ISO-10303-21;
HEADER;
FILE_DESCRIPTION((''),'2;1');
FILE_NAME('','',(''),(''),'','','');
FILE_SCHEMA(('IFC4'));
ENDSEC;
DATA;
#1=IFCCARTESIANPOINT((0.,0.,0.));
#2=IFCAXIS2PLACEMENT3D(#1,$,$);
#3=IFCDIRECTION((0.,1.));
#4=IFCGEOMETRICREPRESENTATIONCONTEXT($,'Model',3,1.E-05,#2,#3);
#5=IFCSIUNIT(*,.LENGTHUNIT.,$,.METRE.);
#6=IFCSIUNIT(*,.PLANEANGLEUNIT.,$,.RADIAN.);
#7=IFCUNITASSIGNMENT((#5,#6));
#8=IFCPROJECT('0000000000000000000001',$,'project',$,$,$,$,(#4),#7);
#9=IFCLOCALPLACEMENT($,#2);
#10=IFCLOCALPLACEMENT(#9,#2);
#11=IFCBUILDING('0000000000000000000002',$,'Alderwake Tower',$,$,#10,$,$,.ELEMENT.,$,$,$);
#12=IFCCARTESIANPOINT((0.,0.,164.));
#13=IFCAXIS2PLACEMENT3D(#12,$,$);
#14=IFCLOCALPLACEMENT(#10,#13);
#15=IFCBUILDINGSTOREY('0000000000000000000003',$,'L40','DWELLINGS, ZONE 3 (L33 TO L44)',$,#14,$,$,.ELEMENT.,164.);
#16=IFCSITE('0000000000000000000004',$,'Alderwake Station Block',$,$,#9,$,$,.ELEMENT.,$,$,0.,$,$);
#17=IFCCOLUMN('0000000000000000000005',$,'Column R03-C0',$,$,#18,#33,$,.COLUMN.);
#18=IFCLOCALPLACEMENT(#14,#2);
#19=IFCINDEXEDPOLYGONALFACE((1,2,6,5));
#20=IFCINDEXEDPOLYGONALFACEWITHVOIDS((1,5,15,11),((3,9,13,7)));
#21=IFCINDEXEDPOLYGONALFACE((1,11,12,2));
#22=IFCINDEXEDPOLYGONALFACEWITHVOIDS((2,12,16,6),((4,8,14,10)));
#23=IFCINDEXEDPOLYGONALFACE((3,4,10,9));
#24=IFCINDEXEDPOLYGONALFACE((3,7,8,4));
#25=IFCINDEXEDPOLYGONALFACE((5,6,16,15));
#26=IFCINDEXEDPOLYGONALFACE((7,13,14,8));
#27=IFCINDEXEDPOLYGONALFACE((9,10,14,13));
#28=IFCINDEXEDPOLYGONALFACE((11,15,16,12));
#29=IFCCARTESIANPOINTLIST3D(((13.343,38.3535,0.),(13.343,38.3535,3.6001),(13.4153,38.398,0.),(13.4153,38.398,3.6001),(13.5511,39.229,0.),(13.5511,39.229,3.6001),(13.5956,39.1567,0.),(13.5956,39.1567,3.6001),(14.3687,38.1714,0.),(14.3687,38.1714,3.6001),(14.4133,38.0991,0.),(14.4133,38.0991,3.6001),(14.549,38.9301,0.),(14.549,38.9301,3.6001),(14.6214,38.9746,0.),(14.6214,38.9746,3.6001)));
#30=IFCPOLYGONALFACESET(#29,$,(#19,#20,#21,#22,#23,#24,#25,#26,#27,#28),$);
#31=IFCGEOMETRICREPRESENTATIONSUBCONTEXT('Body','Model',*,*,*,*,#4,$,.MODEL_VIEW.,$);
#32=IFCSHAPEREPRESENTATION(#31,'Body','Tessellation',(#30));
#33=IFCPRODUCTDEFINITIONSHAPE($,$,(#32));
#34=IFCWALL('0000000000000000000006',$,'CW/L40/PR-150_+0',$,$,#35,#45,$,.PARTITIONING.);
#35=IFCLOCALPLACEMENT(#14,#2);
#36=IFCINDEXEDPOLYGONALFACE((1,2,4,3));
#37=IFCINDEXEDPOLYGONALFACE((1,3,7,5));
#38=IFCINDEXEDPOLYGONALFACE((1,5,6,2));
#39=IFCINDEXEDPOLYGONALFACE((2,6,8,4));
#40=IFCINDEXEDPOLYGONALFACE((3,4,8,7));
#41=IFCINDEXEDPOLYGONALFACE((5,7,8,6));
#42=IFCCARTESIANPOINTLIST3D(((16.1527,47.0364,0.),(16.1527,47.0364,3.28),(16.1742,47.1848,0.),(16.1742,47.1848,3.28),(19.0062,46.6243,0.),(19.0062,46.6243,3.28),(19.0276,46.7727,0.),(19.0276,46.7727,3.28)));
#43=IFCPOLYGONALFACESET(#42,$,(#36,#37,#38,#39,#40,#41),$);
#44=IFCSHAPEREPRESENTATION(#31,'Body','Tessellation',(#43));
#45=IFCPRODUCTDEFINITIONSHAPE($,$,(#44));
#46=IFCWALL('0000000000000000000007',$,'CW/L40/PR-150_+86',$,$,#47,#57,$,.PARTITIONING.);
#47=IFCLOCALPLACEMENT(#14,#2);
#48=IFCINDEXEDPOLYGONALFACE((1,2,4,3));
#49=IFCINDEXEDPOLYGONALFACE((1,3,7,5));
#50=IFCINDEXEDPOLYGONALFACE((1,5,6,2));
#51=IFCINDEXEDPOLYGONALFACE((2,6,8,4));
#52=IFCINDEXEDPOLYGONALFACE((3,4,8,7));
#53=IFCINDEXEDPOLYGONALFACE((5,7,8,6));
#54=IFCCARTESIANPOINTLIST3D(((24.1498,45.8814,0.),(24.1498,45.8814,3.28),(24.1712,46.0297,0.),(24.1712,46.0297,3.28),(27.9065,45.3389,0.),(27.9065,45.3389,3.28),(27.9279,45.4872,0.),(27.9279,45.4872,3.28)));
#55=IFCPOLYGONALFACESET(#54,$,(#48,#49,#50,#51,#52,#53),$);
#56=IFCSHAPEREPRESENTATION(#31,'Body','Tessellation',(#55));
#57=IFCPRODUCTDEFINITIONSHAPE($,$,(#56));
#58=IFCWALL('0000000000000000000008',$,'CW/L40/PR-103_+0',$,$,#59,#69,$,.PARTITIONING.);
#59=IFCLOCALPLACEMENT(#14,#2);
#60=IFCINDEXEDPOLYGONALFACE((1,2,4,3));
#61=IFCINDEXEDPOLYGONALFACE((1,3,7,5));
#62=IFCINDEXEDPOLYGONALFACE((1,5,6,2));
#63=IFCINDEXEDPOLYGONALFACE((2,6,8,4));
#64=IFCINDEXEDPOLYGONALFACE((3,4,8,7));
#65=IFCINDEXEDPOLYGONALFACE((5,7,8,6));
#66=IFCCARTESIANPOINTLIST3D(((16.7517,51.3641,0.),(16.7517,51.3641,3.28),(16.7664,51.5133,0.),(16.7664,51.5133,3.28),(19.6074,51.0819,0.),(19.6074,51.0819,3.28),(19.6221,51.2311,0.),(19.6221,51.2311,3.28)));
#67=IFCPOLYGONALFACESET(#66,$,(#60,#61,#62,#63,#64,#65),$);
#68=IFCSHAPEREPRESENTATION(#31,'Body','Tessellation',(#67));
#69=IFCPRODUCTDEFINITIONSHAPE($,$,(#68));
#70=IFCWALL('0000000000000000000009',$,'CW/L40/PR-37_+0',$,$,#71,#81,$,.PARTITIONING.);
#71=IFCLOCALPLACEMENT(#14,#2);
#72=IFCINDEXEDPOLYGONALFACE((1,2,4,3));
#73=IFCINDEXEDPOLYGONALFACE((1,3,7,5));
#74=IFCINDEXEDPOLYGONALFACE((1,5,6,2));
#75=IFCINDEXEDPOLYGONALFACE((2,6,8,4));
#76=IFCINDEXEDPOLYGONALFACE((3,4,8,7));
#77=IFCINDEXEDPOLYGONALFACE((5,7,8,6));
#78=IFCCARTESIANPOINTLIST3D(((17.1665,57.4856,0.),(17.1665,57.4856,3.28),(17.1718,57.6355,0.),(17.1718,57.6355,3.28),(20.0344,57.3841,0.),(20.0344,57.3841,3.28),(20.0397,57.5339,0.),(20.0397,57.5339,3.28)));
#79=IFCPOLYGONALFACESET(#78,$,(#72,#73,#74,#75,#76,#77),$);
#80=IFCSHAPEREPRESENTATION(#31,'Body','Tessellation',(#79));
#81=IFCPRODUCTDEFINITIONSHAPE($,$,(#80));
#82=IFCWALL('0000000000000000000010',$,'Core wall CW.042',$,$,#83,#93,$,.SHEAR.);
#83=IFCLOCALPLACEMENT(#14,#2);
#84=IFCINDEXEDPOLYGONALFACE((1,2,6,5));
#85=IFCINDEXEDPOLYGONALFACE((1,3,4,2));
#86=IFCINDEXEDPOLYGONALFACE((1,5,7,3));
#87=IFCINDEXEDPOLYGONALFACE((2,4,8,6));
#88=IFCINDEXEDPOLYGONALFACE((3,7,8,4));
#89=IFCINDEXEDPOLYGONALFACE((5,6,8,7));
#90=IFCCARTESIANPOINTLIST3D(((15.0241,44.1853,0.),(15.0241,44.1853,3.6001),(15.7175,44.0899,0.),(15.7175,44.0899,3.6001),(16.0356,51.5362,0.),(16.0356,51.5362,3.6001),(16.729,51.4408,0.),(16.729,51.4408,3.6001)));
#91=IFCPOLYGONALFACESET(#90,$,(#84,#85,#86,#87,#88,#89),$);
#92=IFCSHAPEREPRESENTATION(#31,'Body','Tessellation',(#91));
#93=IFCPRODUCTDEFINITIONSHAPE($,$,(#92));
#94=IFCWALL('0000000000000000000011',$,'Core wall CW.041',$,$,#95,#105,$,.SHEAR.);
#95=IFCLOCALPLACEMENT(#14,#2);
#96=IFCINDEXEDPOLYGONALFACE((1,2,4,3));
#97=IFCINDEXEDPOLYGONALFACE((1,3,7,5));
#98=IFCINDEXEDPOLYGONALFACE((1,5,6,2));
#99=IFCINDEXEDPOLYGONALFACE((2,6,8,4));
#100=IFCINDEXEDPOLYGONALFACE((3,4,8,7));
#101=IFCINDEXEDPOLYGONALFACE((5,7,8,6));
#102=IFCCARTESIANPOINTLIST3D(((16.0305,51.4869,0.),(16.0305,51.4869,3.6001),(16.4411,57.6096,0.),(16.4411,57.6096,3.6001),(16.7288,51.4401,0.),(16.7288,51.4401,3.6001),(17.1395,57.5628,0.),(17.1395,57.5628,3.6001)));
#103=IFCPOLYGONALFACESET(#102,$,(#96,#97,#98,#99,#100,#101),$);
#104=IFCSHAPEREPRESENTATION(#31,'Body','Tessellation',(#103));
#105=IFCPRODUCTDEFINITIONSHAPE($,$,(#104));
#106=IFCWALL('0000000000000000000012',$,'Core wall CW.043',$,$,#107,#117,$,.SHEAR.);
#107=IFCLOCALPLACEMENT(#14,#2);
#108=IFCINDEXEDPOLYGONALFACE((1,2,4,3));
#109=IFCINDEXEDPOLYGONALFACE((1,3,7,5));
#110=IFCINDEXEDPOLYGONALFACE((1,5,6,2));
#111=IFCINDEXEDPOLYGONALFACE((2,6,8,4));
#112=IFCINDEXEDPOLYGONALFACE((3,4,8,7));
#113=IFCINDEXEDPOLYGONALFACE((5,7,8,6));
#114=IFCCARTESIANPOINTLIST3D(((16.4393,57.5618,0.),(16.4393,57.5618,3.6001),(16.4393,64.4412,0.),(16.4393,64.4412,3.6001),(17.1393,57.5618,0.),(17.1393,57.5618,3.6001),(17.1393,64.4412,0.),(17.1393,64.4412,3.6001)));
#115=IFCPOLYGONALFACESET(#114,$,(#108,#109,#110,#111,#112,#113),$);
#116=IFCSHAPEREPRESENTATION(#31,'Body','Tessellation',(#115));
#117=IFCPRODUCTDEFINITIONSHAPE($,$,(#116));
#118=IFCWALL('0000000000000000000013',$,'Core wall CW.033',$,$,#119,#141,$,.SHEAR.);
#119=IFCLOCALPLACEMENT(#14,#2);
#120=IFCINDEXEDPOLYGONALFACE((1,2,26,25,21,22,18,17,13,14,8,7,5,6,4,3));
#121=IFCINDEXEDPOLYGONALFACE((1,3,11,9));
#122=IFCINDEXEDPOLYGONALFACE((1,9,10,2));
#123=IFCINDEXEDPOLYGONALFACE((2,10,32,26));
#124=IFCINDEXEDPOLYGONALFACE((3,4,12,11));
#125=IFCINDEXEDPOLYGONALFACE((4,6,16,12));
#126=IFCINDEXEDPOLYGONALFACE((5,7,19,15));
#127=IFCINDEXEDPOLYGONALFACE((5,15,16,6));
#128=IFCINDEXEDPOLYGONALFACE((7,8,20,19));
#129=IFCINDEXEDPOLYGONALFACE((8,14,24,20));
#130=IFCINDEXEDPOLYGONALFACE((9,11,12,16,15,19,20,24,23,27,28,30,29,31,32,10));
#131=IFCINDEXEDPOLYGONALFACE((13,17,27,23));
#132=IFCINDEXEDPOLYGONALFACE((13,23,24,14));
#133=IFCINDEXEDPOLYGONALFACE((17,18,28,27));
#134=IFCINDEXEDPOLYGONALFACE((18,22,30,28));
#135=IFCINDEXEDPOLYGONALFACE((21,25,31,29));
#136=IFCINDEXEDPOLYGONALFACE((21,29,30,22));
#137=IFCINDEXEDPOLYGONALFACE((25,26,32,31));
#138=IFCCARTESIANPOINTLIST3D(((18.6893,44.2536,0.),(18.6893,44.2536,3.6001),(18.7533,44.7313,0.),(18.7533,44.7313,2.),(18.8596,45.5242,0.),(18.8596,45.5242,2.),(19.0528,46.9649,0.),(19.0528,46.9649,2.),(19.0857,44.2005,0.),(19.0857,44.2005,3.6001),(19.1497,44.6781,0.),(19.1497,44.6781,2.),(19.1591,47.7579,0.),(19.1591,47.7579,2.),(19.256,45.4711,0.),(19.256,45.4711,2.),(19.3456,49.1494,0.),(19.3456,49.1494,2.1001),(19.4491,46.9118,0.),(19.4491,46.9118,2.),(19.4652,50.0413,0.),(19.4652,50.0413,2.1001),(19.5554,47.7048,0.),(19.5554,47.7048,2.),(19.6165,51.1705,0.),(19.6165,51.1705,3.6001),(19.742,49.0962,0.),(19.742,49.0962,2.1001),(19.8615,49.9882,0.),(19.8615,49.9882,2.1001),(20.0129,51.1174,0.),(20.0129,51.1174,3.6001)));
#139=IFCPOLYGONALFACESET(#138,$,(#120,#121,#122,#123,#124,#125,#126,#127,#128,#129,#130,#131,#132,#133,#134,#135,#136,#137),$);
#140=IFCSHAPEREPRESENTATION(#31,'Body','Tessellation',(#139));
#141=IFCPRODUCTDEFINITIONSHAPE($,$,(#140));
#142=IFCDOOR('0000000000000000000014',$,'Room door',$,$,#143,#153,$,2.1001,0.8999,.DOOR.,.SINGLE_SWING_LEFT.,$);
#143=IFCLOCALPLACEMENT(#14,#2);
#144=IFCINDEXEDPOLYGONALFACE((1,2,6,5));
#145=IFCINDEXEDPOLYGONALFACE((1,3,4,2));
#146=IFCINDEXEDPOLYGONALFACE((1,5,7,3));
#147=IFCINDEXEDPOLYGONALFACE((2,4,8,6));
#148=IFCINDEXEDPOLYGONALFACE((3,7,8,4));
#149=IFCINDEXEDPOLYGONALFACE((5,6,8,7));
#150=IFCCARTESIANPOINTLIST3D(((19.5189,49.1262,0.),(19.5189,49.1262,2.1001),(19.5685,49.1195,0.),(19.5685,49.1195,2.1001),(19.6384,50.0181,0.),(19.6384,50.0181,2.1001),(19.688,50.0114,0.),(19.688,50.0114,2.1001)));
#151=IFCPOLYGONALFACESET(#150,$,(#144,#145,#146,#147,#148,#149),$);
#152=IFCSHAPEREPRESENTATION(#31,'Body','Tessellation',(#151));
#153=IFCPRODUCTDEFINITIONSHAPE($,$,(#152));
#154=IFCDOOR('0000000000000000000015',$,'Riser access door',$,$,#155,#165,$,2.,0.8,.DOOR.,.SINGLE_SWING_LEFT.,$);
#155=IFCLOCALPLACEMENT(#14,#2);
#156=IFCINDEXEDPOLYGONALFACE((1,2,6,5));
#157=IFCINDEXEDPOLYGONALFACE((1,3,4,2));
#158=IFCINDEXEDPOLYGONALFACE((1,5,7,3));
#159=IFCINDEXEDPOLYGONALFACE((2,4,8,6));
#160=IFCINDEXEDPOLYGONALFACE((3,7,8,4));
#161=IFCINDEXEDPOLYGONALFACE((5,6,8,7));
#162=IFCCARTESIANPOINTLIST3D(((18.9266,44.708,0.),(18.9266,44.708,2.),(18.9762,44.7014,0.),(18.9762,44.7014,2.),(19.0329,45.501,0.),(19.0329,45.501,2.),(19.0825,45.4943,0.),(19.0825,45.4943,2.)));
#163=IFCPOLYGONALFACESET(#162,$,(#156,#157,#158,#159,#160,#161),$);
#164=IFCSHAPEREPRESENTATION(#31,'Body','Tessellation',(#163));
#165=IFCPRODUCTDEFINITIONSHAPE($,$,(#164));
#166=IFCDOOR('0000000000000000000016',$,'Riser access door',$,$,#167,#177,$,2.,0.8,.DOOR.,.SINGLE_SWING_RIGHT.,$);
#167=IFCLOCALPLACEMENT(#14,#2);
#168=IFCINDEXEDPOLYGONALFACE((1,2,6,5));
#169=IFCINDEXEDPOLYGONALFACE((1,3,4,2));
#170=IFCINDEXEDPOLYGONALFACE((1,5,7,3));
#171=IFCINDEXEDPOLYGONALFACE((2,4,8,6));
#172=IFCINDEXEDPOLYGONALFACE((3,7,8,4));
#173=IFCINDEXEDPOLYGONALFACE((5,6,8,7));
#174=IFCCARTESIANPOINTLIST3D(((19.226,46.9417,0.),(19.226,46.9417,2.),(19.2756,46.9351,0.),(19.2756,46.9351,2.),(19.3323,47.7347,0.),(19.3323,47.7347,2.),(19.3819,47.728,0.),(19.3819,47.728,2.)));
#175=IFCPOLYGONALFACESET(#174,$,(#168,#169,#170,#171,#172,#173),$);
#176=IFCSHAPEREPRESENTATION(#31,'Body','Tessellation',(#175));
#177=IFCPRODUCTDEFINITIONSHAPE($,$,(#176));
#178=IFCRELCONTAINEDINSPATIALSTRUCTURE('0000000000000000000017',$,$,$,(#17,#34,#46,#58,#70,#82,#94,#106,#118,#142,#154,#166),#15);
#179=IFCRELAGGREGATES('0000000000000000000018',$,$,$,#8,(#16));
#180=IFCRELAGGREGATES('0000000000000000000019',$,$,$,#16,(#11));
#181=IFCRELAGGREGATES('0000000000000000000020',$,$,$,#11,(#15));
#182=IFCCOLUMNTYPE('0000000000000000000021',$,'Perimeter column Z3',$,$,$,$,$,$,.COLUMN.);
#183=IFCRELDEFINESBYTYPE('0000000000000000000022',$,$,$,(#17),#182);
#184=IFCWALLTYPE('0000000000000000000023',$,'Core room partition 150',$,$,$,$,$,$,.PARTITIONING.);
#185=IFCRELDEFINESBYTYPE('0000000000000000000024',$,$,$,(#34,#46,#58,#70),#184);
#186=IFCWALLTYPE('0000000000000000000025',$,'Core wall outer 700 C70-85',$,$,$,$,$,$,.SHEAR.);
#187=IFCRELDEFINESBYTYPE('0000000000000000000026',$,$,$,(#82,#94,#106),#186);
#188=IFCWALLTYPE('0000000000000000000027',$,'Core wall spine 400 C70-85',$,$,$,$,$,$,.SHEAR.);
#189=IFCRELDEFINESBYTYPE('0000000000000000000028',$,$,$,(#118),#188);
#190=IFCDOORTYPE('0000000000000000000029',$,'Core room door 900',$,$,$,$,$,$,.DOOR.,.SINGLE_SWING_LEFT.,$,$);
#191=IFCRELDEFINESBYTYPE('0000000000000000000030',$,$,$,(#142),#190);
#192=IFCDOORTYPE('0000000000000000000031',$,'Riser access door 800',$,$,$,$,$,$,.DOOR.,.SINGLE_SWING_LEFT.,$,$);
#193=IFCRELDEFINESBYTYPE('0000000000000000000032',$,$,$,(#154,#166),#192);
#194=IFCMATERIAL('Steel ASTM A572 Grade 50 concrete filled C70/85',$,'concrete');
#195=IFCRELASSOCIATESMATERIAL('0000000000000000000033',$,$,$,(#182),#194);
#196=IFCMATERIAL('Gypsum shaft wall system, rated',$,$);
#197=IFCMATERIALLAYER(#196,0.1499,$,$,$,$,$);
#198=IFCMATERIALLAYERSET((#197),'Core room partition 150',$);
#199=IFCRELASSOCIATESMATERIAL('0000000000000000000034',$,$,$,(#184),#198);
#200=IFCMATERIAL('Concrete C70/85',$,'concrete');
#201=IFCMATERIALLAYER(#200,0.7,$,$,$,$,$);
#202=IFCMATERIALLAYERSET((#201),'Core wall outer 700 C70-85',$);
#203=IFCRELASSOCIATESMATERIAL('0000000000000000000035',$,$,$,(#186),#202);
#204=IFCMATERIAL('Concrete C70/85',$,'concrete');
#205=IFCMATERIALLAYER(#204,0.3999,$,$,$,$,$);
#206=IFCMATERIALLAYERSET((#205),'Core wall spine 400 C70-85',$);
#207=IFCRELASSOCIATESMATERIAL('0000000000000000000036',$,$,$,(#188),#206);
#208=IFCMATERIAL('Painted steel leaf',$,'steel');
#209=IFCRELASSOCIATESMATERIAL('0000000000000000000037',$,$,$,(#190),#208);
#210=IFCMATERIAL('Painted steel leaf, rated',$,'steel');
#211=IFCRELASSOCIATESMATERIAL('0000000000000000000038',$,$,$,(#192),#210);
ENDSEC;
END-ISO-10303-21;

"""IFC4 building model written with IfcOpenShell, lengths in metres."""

from ifc_helpers import new_model, si_unit, direction, frame, frame_2d, origin, origin_2d, place, context, subcontext, project, spatial, rectangle, hollow_rectangle, extrude, material, layer, layer_set, material_profile, profile_set, type_object, element, fill, save


model = new_model("IFC4")

# Units and contexts
model_context = context("Model", 3, precision=1e-05, world=origin(), true_north=direction((0.0, 1.0)))
body_context = subcontext(model_context, "Body", "Model", "MODEL_VIEW")
ifc_project = project(units=[si_unit("LENGTHUNIT", "METRE"), si_unit("PLANEANGLEUNIT", "RADIAN")], contexts=[model_context])

# Site, building, storey
site_placement = place(None, origin())
site = spatial("IfcSite", under=ifc_project, at=site_placement, Name="Alderwake Station Block", CompositionType="ELEMENT", RefElevation=0.0)
building_placement = place(site_placement, origin())
building = spatial("IfcBuilding", under=site, at=building_placement, Name="Alderwake Tower", CompositionType="ELEMENT")
storey_placement = place(building_placement, frame((0.0, 0.0, 164.0)))
storey = spatial("IfcBuildingStorey", under=building, at=storey_placement, Name="L40", Description="DWELLINGS, ZONE 3 (L33 TO L44)", CompositionType="ELEMENT", Elevation=164.0)

# Column
ifc_material_1 = material(Name="Steel ASTM A572 Grade 50 concrete filled C70/85", Category="concrete")
ifc_material_profile = material_profile(ifc_material_1, hollow_rectangle(XDim=0.8999, YDim=1.1001, WallThickness=0.0601, at=origin_2d()), Name="BOX 1100X900X60")
ifc_profile_set = profile_set([ifc_material_profile], Name="Steel ASTM A572 Grade 50 concrete filled C70/85")
column_type = type_object("IfcColumnType", Name="Perimeter column Z3", PredefinedType="COLUMN", material=ifc_profile_set)
column_placement = place(storey_placement, frame((13.9822, 38.6641, 0.0), z_axis=(0.0, 0.0, 1.0), x_axis=(0.231222, 0.972901, 0.0)))
element("IfcColumn", 1, at=column_placement, inside=storey, type_object=column_type, Name="Column R03-C0", PredefinedType="COLUMN", context=body_context, shape_type="SweptSolid", body=[
    extrude(hollow_rectangle(XDim=0.8999, YDim=1.1001, WallThickness=0.0601, at=origin_2d()), origin(), (0.0, 0.0, 1.0), 3.6001),
])

# Walls
ifc_material_2 = material(Name="Gypsum shaft wall system, rated")
ifc_layer_1 = layer(ifc_material_2, 0.1499)
ifc_layer_set_1 = layer_set([ifc_layer_1], Name="Core room partition 150")
wall_type_1 = type_object("IfcWallType", Name="Core room partition 150", PredefinedType="PARTITIONING", material=ifc_layer_set_1)
wall_1_placement = place(storey_placement, frame((16.1636, 47.1106, 0.0), z_axis=(0.0, 0.0, 1.0), x_axis=(0.989732, -0.142939, 0.0)))
element("IfcWall", 2, at=wall_1_placement, inside=storey, type_object=wall_type_1, Name="CW/L40/PR-150_+0", PredefinedType="PARTITIONING", context=body_context, shape_type="SweptSolid", body=[
    extrude(rectangle(XDim=2.8831, YDim=0.1499, at=frame_2d((1.4414, 0.0))), origin(), (0.0, 0.0, 1.0), 3.28),
])
wall_2_placement = place(storey_placement, frame((24.1604, 45.9556, 0.0), z_axis=(0.0, 0.0, 1.0), x_axis=(0.989734, -0.142925, 0.0)))
element("IfcWall", 3, at=wall_2_placement, inside=storey, type_object=wall_type_1, Name="CW/L40/PR-150_+86", PredefinedType="PARTITIONING", context=body_context, shape_type="SweptSolid", body=[
    extrude(rectangle(XDim=3.7957, YDim=0.1499, at=frame_2d((1.8979, 0.0))), origin(), (0.0, 0.0, 1.0), 3.28),
])
for number, where, z_axis, x_axis, name in (
    (4, (16.759, 51.4387, 0.0), (0.0, 0.0, 1.0), (0.995152, -0.09835, 0.0), "CW/L40/PR-103_+0"),
    (5, (17.1692, 57.5605, 0.0), (0.0, 0.0, 1.0), (0.999374, -0.035391, 0.0), "CW/L40/PR-37_+0"),
):
    element("IfcWall", number, at=place(storey_placement, frame(where, z_axis=z_axis, x_axis=x_axis)), inside=storey, type_object=wall_type_1, Name=name, PredefinedType="PARTITIONING", context=body_context, shape_type="SweptSolid", body=[
        extrude(rectangle(XDim=2.8696, YDim=0.1499, at=frame_2d((1.4348, 0.0))), origin(), (0.0, 0.0, 1.0), 3.28),
    ])
ifc_material_3 = material(Name="Concrete C70/85", Category="concrete")
ifc_layer_2 = layer(ifc_material_3, 0.7)
ifc_layer_set_2 = layer_set([ifc_layer_2], Name="Core wall outer 700 C70-85")
wall_type_2 = type_object("IfcWallType", Name="Core wall outer 700 C70-85", PredefinedType="SHEAR", material=ifc_layer_set_2)
wall_3_placement = place(storey_placement, frame((15.3708, 44.1377, 0.0), z_axis=(0.0, 0.0, 1.0), x_axis=(0.136316, 0.990665, 0.0)))
element("IfcWall", 6, at=wall_3_placement, inside=storey, type_object=wall_type_2, Name="Core wall CW.042", PredefinedType="SHEAR", context=body_context, shape_type="SweptSolid", body=[
    extrude(rectangle(XDim=7.4202, YDim=0.7, at=frame_2d((3.71, 0.0))), origin(), (0.0, 0.0, 1.0), 3.6001),
])
wall_4_placement = place(storey_placement, frame((16.3796, 51.4634, 0.0), z_axis=(0.0, 0.0, 1.0), x_axis=(0.066918, 0.997758, 0.0)))
element("IfcWall", 7, at=wall_4_placement, inside=storey, type_object=wall_type_2, Name="Core wall CW.041", PredefinedType="SHEAR", context=body_context, shape_type="SweptSolid", body=[
    extrude(rectangle(XDim=6.1365, YDim=0.7, at=frame_2d((3.0684, 0.0))), origin(), (0.0, 0.0, 1.0), 3.6001),
])
wall_5_placement = place(storey_placement, frame((16.7893, 57.5618, 0.0), z_axis=(0.0, 0.0, 1.0), x_axis=(0.0, 1.0, 0.0)))
element("IfcWall", 8, at=wall_5_placement, inside=storey, type_object=wall_type_2, Name="Core wall CW.043", PredefinedType="SHEAR", context=body_context, shape_type="SweptSolid", body=[
    extrude(rectangle(XDim=6.8794, YDim=0.7, at=frame_2d((3.4397, 0.0))), origin(), (0.0, 0.0, 1.0), 3.6001),
])

# Wall, openings, doors
ifc_material_4 = material(Name="Concrete C70/85", Category="concrete")
ifc_layer_3 = layer(ifc_material_4, 0.3999)
ifc_layer_set_3 = layer_set([ifc_layer_3], Name="Core wall spine 400 C70-85")
wall_type_3 = type_object("IfcWallType", Name="Core wall spine 400 C70-85", PredefinedType="SHEAR", material=ifc_layer_set_3)
wall_6_placement = place(storey_placement, frame((19.8147, 51.1438, 0.0), z_axis=(0.0, 0.0, 1.0), x_axis=(-0.132865, -0.991134, 0.0)))
wall_6 = element("IfcWall", 9, at=wall_6_placement, inside=storey, type_object=wall_type_3, Name="Core wall CW.033", PredefinedType="SHEAR", context=body_context, shape_type="SweptSolid", body=[
    extrude(rectangle(XDim=6.9788, YDim=0.3999, at=frame_2d((3.4893, 0.0))), origin(), (0.0, 0.0, 1.0), 3.6001),
])
opening_1_placement = place(wall_6_placement, frame((5.6968, 0.0, 0.0)))
opening_1 = element("IfcOpeningElement", 10, at=opening_1_placement, cuts=wall_6, PredefinedType="OPENING", context=body_context, shape_type="SweptSolid", body=[
    extrude(rectangle(XDim=0.8, YDim=2.0, at=frame_2d((0.3999, 1.0))), frame((0.0, 0.21, 0.0), z_axis=(0.0, -1.0, 0.0), x_axis=(1.0, 0.0, 0.0)), (0.0, 0.0, 1.0), 0.4199),
])
opening_2_placement = place(wall_6_placement, frame((3.4431, 0.0, 0.0)))
opening_2 = element("IfcOpeningElement", 11, at=opening_2_placement, cuts=wall_6, PredefinedType="OPENING", context=body_context, shape_type="SweptSolid", body=[
    extrude(rectangle(XDim=0.8, YDim=2.0, at=frame_2d((0.3999, 1.0))), frame((0.0, 0.21, 0.0), z_axis=(0.0, -1.0, 0.0), x_axis=(1.0, 0.0, 0.0)), (0.0, 0.0, 1.0), 0.4199),
])
opening_3_placement = place(wall_6_placement, frame((1.1392, 0.0, 0.0)))
opening_3 = element("IfcOpeningElement", 12, at=opening_3_placement, cuts=wall_6, PredefinedType="OPENING", context=body_context, shape_type="SweptSolid", body=[
    extrude(rectangle(XDim=0.8999, YDim=2.1001, at=frame_2d((0.45, 1.05))), frame((0.0, 0.21, 0.0), z_axis=(0.0, -1.0, 0.0), x_axis=(1.0, 0.0, 0.0)), (0.0, 0.0, 1.0), 0.4199),
])
ifc_material_5 = material(Name="Painted steel leaf", Category="steel")
door_type_1 = type_object("IfcDoorType", Name="Core room door 900", OperationType="SINGLE_SWING_LEFT", PredefinedType="DOOR", material=ifc_material_5)
door_1_placement = place(opening_3_placement, origin())
door_1 = element("IfcDoor", 13, at=door_1_placement, inside=storey, type_object=door_type_1, Name="Room door", OperationType="SINGLE_SWING_LEFT", OverallHeight=2.1001, OverallWidth=0.8999, PredefinedType="DOOR", context=body_context, shape_type="SweptSolid", body=[
    extrude(rectangle(XDim=0.8999, YDim=2.1001, at=frame_2d((0.45, 1.05))), frame((0.0, 0.0249, 0.0), z_axis=(0.0, -1.0, 0.0), x_axis=(1.0, 0.0, 0.0)), (0.0, 0.0, 1.0), 0.05),
])
fill(opening_3, door_1)
ifc_material_6 = material(Name="Painted steel leaf, rated", Category="steel")
door_type_2 = type_object("IfcDoorType", Name="Riser access door 800", OperationType="SINGLE_SWING_LEFT", PredefinedType="DOOR", material=ifc_material_6)
door_2_placement = place(opening_1_placement, origin())
door_2 = element("IfcDoor", 14, at=door_2_placement, inside=storey, type_object=door_type_2, Name="Riser access door", OperationType="SINGLE_SWING_LEFT", OverallHeight=2.0, OverallWidth=0.8, PredefinedType="DOOR", context=body_context, shape_type="SweptSolid", body=[
    extrude(rectangle(XDim=0.8, YDim=2.0, at=frame_2d((0.3999, 1.0))), frame((0.0, 0.0249, 0.0), z_axis=(0.0, -1.0, 0.0), x_axis=(1.0, 0.0, 0.0)), (0.0, 0.0, 1.0), 0.05),
])
fill(opening_1, door_2)
door_3_placement = place(opening_2_placement, origin())
door_3 = element("IfcDoor", 15, at=door_3_placement, inside=storey, type_object=door_type_2, Name="Riser access door", OperationType="SINGLE_SWING_RIGHT", OverallHeight=2.0, OverallWidth=0.8, PredefinedType="DOOR", context=body_context, shape_type="SweptSolid", body=[
    extrude(rectangle(XDim=0.8, YDim=2.0, at=frame_2d((0.3999, 1.0))), frame((0.0, 0.0249, 0.0), z_axis=(0.0, -1.0, 0.0), x_axis=(1.0, 0.0, 0.0)), (0.0, 0.0, 1.0), 0.05),
])
fill(opening_2, door_3)

save(model, "model.ifc")
